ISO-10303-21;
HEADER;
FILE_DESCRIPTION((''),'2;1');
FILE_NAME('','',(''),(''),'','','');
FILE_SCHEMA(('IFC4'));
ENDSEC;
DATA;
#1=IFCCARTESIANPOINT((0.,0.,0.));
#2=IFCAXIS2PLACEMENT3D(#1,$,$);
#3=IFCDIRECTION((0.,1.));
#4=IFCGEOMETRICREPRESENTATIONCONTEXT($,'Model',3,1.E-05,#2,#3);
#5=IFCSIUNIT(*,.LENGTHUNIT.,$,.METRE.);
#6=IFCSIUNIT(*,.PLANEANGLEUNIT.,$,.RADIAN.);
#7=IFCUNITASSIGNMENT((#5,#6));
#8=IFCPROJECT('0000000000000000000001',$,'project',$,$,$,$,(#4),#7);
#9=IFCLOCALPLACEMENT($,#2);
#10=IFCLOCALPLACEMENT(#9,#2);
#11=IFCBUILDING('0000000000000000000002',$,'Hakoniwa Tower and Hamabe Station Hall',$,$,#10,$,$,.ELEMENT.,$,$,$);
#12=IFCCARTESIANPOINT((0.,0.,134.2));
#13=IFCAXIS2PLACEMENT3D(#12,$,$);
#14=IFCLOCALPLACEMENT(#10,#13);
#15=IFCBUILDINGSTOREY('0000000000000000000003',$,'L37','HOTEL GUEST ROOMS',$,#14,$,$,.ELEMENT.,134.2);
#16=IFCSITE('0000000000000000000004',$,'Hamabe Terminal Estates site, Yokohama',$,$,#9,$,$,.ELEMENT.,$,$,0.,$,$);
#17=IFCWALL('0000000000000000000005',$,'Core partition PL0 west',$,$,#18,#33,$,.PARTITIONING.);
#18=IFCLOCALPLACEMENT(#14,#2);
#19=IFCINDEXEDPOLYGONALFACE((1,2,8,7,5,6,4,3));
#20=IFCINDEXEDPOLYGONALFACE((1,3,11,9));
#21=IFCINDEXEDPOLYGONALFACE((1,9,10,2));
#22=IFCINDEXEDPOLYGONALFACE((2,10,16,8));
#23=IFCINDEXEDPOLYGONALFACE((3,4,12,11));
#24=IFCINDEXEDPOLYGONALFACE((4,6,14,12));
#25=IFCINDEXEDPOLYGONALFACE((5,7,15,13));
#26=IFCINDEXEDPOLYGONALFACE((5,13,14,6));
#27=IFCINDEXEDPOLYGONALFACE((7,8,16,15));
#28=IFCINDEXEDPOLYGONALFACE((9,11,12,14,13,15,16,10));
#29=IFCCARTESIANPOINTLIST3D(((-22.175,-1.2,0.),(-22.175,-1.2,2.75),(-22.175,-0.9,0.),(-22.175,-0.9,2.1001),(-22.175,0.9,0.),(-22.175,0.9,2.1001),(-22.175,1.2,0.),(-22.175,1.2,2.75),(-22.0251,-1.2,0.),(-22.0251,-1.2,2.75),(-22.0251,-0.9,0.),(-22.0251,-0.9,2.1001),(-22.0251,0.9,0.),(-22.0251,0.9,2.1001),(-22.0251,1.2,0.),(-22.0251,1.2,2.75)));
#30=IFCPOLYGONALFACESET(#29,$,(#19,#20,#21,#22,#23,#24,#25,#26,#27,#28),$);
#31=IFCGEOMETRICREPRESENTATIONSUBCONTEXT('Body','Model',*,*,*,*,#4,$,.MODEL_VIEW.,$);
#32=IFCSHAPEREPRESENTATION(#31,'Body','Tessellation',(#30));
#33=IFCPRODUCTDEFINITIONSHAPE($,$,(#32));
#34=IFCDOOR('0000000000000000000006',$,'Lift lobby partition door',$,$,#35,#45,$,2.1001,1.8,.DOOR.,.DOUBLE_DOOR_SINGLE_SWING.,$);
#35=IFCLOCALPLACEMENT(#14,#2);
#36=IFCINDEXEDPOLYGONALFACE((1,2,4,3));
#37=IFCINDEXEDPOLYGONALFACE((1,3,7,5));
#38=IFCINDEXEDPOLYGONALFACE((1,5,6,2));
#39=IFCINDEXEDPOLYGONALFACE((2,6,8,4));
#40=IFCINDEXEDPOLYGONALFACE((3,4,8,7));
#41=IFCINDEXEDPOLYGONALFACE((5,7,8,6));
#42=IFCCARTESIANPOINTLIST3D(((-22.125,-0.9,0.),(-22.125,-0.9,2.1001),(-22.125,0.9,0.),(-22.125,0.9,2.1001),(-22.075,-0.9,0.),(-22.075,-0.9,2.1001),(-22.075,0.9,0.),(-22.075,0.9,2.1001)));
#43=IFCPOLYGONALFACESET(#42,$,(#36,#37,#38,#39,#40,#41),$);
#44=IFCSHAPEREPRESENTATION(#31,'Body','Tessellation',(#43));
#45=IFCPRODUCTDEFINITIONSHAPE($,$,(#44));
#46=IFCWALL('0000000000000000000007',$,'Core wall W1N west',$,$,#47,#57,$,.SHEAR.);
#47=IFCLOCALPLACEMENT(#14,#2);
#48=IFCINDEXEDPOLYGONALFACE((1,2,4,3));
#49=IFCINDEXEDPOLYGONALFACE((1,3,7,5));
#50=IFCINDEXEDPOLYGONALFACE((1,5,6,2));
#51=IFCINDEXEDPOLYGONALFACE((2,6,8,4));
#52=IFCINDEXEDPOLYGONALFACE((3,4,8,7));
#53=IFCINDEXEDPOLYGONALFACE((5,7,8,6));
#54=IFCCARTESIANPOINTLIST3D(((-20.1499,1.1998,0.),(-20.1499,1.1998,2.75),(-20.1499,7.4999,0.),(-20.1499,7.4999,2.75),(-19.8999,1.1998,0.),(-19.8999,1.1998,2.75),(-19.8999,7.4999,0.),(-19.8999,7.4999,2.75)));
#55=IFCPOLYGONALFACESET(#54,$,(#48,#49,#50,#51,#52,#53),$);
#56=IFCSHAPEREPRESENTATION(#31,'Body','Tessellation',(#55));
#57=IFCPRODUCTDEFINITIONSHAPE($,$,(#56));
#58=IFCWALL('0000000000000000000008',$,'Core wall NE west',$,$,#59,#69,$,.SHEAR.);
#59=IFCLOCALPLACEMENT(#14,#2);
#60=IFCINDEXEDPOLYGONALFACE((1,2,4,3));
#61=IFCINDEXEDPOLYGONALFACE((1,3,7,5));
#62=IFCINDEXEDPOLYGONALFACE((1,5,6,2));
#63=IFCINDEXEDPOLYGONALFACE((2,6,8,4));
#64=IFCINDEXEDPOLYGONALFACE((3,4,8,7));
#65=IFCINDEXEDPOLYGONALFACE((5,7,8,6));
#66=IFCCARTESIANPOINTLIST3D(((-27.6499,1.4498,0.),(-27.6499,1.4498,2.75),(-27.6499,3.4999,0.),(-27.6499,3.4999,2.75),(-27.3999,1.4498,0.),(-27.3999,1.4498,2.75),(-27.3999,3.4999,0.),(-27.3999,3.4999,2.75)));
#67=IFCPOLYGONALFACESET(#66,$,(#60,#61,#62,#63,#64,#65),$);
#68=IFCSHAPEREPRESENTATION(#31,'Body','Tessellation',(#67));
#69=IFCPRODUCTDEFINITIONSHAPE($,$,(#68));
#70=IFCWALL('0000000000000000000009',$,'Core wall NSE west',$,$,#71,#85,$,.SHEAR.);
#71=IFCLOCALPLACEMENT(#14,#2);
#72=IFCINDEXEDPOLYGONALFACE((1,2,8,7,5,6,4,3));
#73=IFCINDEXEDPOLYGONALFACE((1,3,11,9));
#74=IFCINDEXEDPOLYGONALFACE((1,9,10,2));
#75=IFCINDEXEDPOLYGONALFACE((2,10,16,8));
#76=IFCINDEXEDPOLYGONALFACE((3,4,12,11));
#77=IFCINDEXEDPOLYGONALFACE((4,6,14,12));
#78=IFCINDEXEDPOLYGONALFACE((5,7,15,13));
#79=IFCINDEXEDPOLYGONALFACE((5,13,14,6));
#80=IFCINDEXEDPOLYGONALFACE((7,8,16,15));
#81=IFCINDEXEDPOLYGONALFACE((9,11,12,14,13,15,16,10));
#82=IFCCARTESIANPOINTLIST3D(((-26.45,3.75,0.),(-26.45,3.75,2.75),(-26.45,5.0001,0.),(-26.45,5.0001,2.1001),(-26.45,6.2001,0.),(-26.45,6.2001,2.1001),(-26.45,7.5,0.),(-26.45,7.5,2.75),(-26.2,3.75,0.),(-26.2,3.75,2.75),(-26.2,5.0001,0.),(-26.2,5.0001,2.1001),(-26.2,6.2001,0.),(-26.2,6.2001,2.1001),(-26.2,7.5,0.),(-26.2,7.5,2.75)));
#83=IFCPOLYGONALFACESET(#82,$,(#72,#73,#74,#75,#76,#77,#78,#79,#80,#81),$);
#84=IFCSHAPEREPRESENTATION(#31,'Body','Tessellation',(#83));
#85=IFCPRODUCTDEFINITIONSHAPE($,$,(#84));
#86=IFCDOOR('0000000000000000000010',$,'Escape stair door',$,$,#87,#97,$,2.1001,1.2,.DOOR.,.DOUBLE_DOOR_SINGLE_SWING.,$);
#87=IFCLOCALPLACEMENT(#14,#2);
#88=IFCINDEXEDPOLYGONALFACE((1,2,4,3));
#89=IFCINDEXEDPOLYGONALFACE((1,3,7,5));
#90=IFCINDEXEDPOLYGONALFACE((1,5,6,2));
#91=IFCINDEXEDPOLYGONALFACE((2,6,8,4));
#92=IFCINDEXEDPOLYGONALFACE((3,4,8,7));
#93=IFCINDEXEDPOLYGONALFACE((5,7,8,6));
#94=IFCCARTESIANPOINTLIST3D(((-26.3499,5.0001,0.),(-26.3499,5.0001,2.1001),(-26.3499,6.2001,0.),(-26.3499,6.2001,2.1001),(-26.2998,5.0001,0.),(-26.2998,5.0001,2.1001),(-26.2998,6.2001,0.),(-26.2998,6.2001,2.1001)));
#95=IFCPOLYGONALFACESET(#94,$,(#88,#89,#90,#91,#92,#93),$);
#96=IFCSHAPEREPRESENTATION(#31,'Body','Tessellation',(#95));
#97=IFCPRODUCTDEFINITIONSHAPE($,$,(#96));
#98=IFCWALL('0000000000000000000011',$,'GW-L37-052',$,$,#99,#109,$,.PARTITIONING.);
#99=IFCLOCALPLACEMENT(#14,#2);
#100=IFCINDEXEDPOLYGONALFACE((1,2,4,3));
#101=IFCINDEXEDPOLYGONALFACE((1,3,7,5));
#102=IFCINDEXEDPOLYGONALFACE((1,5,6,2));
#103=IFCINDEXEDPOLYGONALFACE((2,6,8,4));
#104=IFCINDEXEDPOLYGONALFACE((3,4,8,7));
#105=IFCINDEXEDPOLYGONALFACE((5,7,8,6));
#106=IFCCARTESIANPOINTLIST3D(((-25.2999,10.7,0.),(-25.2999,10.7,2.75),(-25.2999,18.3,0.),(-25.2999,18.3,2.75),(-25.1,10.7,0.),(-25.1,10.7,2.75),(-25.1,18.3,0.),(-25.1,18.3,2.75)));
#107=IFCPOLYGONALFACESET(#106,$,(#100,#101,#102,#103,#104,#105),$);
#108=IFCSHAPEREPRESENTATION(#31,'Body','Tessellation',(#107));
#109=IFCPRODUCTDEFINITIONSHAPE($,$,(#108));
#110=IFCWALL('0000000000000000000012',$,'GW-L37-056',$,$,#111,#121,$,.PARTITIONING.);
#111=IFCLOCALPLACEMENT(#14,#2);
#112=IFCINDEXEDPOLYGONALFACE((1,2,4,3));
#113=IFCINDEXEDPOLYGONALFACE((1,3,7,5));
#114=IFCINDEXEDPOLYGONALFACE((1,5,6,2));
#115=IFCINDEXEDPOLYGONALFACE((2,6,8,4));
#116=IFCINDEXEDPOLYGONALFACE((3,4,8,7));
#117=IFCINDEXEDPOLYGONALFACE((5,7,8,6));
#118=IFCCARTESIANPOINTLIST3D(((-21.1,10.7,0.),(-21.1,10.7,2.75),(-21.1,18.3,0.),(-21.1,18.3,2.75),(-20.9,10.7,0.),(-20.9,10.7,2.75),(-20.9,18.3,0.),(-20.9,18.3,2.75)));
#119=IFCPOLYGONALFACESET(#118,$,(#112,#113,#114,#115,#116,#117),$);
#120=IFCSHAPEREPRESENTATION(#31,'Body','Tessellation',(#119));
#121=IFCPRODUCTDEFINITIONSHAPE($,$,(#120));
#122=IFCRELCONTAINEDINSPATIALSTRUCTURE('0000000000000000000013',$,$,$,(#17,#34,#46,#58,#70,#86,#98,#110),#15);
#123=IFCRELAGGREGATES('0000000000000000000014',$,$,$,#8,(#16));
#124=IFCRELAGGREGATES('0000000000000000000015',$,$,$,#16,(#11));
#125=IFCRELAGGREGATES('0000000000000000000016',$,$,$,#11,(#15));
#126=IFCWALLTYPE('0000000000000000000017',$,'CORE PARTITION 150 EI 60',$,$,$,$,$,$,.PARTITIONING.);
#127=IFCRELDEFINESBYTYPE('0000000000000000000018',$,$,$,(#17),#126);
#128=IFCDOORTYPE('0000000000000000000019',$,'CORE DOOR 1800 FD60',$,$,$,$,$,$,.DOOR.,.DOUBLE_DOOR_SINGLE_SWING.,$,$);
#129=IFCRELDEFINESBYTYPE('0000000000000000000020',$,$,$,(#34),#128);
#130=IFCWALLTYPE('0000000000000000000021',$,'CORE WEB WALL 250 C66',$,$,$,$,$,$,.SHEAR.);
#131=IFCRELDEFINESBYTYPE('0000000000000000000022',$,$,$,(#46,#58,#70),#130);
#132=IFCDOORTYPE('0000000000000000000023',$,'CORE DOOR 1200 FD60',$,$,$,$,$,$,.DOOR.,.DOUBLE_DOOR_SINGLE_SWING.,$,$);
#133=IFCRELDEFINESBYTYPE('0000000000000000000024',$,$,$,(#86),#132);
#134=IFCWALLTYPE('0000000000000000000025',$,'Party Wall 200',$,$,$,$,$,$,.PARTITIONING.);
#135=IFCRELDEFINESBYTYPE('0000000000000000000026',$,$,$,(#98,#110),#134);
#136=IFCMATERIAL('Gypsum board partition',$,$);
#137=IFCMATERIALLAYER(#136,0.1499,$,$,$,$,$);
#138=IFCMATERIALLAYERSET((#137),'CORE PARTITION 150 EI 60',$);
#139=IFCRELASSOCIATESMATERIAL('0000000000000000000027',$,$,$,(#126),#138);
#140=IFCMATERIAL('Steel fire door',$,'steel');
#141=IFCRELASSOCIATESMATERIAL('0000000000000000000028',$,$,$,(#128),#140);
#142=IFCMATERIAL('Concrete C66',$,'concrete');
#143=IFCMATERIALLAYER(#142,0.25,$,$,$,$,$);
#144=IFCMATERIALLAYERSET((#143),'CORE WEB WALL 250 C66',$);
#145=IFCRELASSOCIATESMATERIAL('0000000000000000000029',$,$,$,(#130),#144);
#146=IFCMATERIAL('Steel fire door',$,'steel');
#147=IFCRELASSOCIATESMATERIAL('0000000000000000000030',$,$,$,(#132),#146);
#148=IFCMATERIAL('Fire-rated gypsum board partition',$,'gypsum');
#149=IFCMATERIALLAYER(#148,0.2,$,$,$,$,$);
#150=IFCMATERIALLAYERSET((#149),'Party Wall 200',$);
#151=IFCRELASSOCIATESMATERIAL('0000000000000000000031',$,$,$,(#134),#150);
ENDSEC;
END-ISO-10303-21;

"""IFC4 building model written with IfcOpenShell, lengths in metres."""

from ifc_helpers import new_model, si_unit, direction, frame, frame_2d, origin, place, context, subcontext, project, spatial, rectangle, extrude, material, layer, layer_set, type_object, element, fill, save


model = new_model("IFC4")

# Units and contexts
model_context = context("Model", 3, precision=1e-05, world=origin(), true_north=direction((0.0, 1.0)))
body_context = subcontext(model_context, "Body", "Model", "MODEL_VIEW")
ifc_project = project(units=[si_unit("LENGTHUNIT", "METRE"), si_unit("PLANEANGLEUNIT", "RADIAN")], contexts=[model_context])

# Site, building, storey
site_placement = place(None, origin())
site = spatial("IfcSite", under=ifc_project, at=site_placement, Name="Hamabe Terminal Estates site, Yokohama", CompositionType="ELEMENT", RefElevation=0.0)
building_placement = place(site_placement, origin())
building = spatial("IfcBuilding", under=site, at=building_placement, Name="Hakoniwa Tower and Hamabe Station Hall", CompositionType="ELEMENT")
storey_placement = place(building_placement, frame((0.0, 0.0, 134.2)))
storey = spatial("IfcBuildingStorey", under=building, at=storey_placement, Name="L37", Description="HOTEL GUEST ROOMS", CompositionType="ELEMENT", Elevation=134.2)

# Wall, opening, door
ifc_material_1 = material(Name="Gypsum board partition")
ifc_layer_1 = layer(ifc_material_1, 0.1499)
ifc_layer_set_1 = layer_set([ifc_layer_1], Name="CORE PARTITION 150 EI 60")
wall_type_1 = type_object("IfcWallType", Name="CORE PARTITION 150 EI 60", PredefinedType="PARTITIONING", material=ifc_layer_set_1)
wall_1_placement = place(storey_placement, frame((-22.1001, -1.2, 0.0), z_axis=(0.0, 0.0, 1.0), x_axis=(0.0, 1.0, 0.0)))
wall_1 = element("IfcWall", 1, at=wall_1_placement, inside=storey, type_object=wall_type_1, Name="Core partition PL0 west", PredefinedType="PARTITIONING", context=body_context, shape_type="SweptSolid", body=[
    extrude(rectangle(XDim=2.3999, YDim=0.1499, at=frame_2d((1.2, 0.0))), origin(), (0.0, 0.0, 1.0), 2.75),
])
opening_1_placement = place(wall_1_placement, frame((0.3, 0.0, 0.0)))
opening_1 = element("IfcOpeningElement", 2, at=opening_1_placement, cuts=wall_1, PredefinedType="OPENING", context=body_context, shape_type="SweptSolid", body=[
    extrude(rectangle(XDim=1.8, YDim=2.1001, at=frame_2d((0.8999, 1.05))), frame((0.0, 0.085, 0.0), z_axis=(0.0, -1.0, 0.0), x_axis=(1.0, 0.0, 0.0)), (0.0, 0.0, 1.0), 0.1699),
])
ifc_material_2 = material(Name="Steel fire door", Category="steel")
door_type_1 = type_object("IfcDoorType", Name="CORE DOOR 1800 FD60", OperationType="DOUBLE_DOOR_SINGLE_SWING", PredefinedType="DOOR", material=ifc_material_2)
door_1_placement = place(opening_1_placement, origin())
door_1 = element("IfcDoor", 3, at=door_1_placement, inside=storey, type_object=door_type_1, Name="Lift lobby partition door", OperationType="DOUBLE_DOOR_SINGLE_SWING", OverallHeight=2.1001, OverallWidth=1.8, PredefinedType="DOOR", context=body_context, shape_type="SweptSolid", body=[
    extrude(rectangle(XDim=1.8, YDim=2.1001, at=frame_2d((0.8999, 1.05))), frame((0.0, 0.0249, 0.0), z_axis=(0.0, -1.0, 0.0), x_axis=(1.0, 0.0, 0.0)), (0.0, 0.0, 1.0), 0.05),
])
fill(opening_1, door_1)

# Walls
ifc_material_3 = material(Name="Concrete C66", Category="concrete")
ifc_layer_2 = layer(ifc_material_3, 0.25)
ifc_layer_set_2 = layer_set([ifc_layer_2], Name="CORE WEB WALL 250 C66")
wall_type_2 = type_object("IfcWallType", Name="CORE WEB WALL 250 C66", PredefinedType="SHEAR", material=ifc_layer_set_2)
wall_2_placement = place(storey_placement, frame((-20.0249, 1.2, 0.0), z_axis=(0.0, 0.0, 1.0), x_axis=(0.0, 1.0, 0.0)))
element("IfcWall", 4, at=wall_2_placement, inside=storey, type_object=wall_type_2, Name="Core wall W1N west", PredefinedType="SHEAR", context=body_context, shape_type="SweptSolid", body=[
    extrude(rectangle(XDim=6.3, YDim=0.25, at=frame_2d((3.1499, 0.0))), origin(), (0.0, 0.0, 1.0), 2.75),
])
wall_3_placement = place(storey_placement, frame((-27.5249, 1.45, 0.0), z_axis=(0.0, 0.0, 1.0), x_axis=(0.0, 1.0, 0.0)))
element("IfcWall", 5, at=wall_3_placement, inside=storey, type_object=wall_type_2, Name="Core wall NE west", PredefinedType="SHEAR", context=body_context, shape_type="SweptSolid", body=[
    extrude(rectangle(XDim=2.05, YDim=0.25, at=frame_2d((1.0249, 0.0))), origin(), (0.0, 0.0, 1.0), 2.75),
])

# Wall, opening, door
wall_4_placement = place(storey_placement, frame((-26.325, 3.75, 0.0), z_axis=(0.0, 0.0, 1.0), x_axis=(0.0, 1.0, 0.0)))
wall_4 = element("IfcWall", 6, at=wall_4_placement, inside=storey, type_object=wall_type_2, Name="Core wall NSE west", PredefinedType="SHEAR", context=body_context, shape_type="SweptSolid", body=[
    extrude(rectangle(XDim=3.75, YDim=0.25, at=frame_2d((1.875, 0.0))), origin(), (0.0, 0.0, 1.0), 2.75),
])
opening_2_placement = place(wall_4_placement, frame((1.25, 0.0, 0.0)))
opening_2 = element("IfcOpeningElement", 7, at=opening_2_placement, cuts=wall_4, PredefinedType="OPENING", context=body_context, shape_type="SweptSolid", body=[
    extrude(rectangle(XDim=1.2, YDim=2.1001, at=frame_2d((0.6001, 1.05))), frame((0.0, 0.135, 0.0), z_axis=(0.0, -1.0, 0.0), x_axis=(1.0, 0.0, 0.0)), (0.0, 0.0, 1.0), 0.27),
])
ifc_material_4 = material(Name="Steel fire door", Category="steel")
door_type_2 = type_object("IfcDoorType", Name="CORE DOOR 1200 FD60", OperationType="DOUBLE_DOOR_SINGLE_SWING", PredefinedType="DOOR", material=ifc_material_4)
door_2_placement = place(opening_2_placement, origin())
door_2 = element("IfcDoor", 8, at=door_2_placement, inside=storey, type_object=door_type_2, Name="Escape stair door", OperationType="DOUBLE_DOOR_SINGLE_SWING", OverallHeight=2.1001, OverallWidth=1.2, PredefinedType="DOOR", context=body_context, shape_type="SweptSolid", body=[
    extrude(rectangle(XDim=1.2, YDim=2.1001, at=frame_2d((0.6001, 1.05))), frame((0.0, 0.0249, 0.0), z_axis=(0.0, -1.0, 0.0), x_axis=(1.0, 0.0, 0.0)), (0.0, 0.0, 1.0), 0.05),
])
fill(opening_2, door_2)

# Walls
ifc_material_5 = material(Name="Fire-rated gypsum board partition", Category="gypsum")
ifc_layer_3 = layer(ifc_material_5, 0.2)
ifc_layer_set_3 = layer_set([ifc_layer_3], Name="Party Wall 200")
wall_type_3 = type_object("IfcWallType", Name="Party Wall 200", PredefinedType="PARTITIONING", material=ifc_layer_set_3)
for number, where, z_axis, x_axis, name in (
    (9, (-25.2, 10.7, 0.0), (0.0, 0.0, 1.0), (0.0, 1.0, 0.0), "GW-L37-052"),
    (10, (-21.0, 10.7, 0.0), (0.0, 0.0, 1.0), (0.0, 1.0, 0.0), "GW-L37-056"),
):
    element("IfcWall", number, at=place(storey_placement, frame(where, z_axis=z_axis, x_axis=x_axis)), inside=storey, type_object=wall_type_3, Name=name, PredefinedType="PARTITIONING", context=body_context, shape_type="SweptSolid", body=[
        extrude(rectangle(XDim=7.6001, YDim=0.2, at=frame_2d((3.8, 0.0))), origin(), (0.0, 0.0, 1.0), 2.75),
    ])

save(model, "model.ifc")
